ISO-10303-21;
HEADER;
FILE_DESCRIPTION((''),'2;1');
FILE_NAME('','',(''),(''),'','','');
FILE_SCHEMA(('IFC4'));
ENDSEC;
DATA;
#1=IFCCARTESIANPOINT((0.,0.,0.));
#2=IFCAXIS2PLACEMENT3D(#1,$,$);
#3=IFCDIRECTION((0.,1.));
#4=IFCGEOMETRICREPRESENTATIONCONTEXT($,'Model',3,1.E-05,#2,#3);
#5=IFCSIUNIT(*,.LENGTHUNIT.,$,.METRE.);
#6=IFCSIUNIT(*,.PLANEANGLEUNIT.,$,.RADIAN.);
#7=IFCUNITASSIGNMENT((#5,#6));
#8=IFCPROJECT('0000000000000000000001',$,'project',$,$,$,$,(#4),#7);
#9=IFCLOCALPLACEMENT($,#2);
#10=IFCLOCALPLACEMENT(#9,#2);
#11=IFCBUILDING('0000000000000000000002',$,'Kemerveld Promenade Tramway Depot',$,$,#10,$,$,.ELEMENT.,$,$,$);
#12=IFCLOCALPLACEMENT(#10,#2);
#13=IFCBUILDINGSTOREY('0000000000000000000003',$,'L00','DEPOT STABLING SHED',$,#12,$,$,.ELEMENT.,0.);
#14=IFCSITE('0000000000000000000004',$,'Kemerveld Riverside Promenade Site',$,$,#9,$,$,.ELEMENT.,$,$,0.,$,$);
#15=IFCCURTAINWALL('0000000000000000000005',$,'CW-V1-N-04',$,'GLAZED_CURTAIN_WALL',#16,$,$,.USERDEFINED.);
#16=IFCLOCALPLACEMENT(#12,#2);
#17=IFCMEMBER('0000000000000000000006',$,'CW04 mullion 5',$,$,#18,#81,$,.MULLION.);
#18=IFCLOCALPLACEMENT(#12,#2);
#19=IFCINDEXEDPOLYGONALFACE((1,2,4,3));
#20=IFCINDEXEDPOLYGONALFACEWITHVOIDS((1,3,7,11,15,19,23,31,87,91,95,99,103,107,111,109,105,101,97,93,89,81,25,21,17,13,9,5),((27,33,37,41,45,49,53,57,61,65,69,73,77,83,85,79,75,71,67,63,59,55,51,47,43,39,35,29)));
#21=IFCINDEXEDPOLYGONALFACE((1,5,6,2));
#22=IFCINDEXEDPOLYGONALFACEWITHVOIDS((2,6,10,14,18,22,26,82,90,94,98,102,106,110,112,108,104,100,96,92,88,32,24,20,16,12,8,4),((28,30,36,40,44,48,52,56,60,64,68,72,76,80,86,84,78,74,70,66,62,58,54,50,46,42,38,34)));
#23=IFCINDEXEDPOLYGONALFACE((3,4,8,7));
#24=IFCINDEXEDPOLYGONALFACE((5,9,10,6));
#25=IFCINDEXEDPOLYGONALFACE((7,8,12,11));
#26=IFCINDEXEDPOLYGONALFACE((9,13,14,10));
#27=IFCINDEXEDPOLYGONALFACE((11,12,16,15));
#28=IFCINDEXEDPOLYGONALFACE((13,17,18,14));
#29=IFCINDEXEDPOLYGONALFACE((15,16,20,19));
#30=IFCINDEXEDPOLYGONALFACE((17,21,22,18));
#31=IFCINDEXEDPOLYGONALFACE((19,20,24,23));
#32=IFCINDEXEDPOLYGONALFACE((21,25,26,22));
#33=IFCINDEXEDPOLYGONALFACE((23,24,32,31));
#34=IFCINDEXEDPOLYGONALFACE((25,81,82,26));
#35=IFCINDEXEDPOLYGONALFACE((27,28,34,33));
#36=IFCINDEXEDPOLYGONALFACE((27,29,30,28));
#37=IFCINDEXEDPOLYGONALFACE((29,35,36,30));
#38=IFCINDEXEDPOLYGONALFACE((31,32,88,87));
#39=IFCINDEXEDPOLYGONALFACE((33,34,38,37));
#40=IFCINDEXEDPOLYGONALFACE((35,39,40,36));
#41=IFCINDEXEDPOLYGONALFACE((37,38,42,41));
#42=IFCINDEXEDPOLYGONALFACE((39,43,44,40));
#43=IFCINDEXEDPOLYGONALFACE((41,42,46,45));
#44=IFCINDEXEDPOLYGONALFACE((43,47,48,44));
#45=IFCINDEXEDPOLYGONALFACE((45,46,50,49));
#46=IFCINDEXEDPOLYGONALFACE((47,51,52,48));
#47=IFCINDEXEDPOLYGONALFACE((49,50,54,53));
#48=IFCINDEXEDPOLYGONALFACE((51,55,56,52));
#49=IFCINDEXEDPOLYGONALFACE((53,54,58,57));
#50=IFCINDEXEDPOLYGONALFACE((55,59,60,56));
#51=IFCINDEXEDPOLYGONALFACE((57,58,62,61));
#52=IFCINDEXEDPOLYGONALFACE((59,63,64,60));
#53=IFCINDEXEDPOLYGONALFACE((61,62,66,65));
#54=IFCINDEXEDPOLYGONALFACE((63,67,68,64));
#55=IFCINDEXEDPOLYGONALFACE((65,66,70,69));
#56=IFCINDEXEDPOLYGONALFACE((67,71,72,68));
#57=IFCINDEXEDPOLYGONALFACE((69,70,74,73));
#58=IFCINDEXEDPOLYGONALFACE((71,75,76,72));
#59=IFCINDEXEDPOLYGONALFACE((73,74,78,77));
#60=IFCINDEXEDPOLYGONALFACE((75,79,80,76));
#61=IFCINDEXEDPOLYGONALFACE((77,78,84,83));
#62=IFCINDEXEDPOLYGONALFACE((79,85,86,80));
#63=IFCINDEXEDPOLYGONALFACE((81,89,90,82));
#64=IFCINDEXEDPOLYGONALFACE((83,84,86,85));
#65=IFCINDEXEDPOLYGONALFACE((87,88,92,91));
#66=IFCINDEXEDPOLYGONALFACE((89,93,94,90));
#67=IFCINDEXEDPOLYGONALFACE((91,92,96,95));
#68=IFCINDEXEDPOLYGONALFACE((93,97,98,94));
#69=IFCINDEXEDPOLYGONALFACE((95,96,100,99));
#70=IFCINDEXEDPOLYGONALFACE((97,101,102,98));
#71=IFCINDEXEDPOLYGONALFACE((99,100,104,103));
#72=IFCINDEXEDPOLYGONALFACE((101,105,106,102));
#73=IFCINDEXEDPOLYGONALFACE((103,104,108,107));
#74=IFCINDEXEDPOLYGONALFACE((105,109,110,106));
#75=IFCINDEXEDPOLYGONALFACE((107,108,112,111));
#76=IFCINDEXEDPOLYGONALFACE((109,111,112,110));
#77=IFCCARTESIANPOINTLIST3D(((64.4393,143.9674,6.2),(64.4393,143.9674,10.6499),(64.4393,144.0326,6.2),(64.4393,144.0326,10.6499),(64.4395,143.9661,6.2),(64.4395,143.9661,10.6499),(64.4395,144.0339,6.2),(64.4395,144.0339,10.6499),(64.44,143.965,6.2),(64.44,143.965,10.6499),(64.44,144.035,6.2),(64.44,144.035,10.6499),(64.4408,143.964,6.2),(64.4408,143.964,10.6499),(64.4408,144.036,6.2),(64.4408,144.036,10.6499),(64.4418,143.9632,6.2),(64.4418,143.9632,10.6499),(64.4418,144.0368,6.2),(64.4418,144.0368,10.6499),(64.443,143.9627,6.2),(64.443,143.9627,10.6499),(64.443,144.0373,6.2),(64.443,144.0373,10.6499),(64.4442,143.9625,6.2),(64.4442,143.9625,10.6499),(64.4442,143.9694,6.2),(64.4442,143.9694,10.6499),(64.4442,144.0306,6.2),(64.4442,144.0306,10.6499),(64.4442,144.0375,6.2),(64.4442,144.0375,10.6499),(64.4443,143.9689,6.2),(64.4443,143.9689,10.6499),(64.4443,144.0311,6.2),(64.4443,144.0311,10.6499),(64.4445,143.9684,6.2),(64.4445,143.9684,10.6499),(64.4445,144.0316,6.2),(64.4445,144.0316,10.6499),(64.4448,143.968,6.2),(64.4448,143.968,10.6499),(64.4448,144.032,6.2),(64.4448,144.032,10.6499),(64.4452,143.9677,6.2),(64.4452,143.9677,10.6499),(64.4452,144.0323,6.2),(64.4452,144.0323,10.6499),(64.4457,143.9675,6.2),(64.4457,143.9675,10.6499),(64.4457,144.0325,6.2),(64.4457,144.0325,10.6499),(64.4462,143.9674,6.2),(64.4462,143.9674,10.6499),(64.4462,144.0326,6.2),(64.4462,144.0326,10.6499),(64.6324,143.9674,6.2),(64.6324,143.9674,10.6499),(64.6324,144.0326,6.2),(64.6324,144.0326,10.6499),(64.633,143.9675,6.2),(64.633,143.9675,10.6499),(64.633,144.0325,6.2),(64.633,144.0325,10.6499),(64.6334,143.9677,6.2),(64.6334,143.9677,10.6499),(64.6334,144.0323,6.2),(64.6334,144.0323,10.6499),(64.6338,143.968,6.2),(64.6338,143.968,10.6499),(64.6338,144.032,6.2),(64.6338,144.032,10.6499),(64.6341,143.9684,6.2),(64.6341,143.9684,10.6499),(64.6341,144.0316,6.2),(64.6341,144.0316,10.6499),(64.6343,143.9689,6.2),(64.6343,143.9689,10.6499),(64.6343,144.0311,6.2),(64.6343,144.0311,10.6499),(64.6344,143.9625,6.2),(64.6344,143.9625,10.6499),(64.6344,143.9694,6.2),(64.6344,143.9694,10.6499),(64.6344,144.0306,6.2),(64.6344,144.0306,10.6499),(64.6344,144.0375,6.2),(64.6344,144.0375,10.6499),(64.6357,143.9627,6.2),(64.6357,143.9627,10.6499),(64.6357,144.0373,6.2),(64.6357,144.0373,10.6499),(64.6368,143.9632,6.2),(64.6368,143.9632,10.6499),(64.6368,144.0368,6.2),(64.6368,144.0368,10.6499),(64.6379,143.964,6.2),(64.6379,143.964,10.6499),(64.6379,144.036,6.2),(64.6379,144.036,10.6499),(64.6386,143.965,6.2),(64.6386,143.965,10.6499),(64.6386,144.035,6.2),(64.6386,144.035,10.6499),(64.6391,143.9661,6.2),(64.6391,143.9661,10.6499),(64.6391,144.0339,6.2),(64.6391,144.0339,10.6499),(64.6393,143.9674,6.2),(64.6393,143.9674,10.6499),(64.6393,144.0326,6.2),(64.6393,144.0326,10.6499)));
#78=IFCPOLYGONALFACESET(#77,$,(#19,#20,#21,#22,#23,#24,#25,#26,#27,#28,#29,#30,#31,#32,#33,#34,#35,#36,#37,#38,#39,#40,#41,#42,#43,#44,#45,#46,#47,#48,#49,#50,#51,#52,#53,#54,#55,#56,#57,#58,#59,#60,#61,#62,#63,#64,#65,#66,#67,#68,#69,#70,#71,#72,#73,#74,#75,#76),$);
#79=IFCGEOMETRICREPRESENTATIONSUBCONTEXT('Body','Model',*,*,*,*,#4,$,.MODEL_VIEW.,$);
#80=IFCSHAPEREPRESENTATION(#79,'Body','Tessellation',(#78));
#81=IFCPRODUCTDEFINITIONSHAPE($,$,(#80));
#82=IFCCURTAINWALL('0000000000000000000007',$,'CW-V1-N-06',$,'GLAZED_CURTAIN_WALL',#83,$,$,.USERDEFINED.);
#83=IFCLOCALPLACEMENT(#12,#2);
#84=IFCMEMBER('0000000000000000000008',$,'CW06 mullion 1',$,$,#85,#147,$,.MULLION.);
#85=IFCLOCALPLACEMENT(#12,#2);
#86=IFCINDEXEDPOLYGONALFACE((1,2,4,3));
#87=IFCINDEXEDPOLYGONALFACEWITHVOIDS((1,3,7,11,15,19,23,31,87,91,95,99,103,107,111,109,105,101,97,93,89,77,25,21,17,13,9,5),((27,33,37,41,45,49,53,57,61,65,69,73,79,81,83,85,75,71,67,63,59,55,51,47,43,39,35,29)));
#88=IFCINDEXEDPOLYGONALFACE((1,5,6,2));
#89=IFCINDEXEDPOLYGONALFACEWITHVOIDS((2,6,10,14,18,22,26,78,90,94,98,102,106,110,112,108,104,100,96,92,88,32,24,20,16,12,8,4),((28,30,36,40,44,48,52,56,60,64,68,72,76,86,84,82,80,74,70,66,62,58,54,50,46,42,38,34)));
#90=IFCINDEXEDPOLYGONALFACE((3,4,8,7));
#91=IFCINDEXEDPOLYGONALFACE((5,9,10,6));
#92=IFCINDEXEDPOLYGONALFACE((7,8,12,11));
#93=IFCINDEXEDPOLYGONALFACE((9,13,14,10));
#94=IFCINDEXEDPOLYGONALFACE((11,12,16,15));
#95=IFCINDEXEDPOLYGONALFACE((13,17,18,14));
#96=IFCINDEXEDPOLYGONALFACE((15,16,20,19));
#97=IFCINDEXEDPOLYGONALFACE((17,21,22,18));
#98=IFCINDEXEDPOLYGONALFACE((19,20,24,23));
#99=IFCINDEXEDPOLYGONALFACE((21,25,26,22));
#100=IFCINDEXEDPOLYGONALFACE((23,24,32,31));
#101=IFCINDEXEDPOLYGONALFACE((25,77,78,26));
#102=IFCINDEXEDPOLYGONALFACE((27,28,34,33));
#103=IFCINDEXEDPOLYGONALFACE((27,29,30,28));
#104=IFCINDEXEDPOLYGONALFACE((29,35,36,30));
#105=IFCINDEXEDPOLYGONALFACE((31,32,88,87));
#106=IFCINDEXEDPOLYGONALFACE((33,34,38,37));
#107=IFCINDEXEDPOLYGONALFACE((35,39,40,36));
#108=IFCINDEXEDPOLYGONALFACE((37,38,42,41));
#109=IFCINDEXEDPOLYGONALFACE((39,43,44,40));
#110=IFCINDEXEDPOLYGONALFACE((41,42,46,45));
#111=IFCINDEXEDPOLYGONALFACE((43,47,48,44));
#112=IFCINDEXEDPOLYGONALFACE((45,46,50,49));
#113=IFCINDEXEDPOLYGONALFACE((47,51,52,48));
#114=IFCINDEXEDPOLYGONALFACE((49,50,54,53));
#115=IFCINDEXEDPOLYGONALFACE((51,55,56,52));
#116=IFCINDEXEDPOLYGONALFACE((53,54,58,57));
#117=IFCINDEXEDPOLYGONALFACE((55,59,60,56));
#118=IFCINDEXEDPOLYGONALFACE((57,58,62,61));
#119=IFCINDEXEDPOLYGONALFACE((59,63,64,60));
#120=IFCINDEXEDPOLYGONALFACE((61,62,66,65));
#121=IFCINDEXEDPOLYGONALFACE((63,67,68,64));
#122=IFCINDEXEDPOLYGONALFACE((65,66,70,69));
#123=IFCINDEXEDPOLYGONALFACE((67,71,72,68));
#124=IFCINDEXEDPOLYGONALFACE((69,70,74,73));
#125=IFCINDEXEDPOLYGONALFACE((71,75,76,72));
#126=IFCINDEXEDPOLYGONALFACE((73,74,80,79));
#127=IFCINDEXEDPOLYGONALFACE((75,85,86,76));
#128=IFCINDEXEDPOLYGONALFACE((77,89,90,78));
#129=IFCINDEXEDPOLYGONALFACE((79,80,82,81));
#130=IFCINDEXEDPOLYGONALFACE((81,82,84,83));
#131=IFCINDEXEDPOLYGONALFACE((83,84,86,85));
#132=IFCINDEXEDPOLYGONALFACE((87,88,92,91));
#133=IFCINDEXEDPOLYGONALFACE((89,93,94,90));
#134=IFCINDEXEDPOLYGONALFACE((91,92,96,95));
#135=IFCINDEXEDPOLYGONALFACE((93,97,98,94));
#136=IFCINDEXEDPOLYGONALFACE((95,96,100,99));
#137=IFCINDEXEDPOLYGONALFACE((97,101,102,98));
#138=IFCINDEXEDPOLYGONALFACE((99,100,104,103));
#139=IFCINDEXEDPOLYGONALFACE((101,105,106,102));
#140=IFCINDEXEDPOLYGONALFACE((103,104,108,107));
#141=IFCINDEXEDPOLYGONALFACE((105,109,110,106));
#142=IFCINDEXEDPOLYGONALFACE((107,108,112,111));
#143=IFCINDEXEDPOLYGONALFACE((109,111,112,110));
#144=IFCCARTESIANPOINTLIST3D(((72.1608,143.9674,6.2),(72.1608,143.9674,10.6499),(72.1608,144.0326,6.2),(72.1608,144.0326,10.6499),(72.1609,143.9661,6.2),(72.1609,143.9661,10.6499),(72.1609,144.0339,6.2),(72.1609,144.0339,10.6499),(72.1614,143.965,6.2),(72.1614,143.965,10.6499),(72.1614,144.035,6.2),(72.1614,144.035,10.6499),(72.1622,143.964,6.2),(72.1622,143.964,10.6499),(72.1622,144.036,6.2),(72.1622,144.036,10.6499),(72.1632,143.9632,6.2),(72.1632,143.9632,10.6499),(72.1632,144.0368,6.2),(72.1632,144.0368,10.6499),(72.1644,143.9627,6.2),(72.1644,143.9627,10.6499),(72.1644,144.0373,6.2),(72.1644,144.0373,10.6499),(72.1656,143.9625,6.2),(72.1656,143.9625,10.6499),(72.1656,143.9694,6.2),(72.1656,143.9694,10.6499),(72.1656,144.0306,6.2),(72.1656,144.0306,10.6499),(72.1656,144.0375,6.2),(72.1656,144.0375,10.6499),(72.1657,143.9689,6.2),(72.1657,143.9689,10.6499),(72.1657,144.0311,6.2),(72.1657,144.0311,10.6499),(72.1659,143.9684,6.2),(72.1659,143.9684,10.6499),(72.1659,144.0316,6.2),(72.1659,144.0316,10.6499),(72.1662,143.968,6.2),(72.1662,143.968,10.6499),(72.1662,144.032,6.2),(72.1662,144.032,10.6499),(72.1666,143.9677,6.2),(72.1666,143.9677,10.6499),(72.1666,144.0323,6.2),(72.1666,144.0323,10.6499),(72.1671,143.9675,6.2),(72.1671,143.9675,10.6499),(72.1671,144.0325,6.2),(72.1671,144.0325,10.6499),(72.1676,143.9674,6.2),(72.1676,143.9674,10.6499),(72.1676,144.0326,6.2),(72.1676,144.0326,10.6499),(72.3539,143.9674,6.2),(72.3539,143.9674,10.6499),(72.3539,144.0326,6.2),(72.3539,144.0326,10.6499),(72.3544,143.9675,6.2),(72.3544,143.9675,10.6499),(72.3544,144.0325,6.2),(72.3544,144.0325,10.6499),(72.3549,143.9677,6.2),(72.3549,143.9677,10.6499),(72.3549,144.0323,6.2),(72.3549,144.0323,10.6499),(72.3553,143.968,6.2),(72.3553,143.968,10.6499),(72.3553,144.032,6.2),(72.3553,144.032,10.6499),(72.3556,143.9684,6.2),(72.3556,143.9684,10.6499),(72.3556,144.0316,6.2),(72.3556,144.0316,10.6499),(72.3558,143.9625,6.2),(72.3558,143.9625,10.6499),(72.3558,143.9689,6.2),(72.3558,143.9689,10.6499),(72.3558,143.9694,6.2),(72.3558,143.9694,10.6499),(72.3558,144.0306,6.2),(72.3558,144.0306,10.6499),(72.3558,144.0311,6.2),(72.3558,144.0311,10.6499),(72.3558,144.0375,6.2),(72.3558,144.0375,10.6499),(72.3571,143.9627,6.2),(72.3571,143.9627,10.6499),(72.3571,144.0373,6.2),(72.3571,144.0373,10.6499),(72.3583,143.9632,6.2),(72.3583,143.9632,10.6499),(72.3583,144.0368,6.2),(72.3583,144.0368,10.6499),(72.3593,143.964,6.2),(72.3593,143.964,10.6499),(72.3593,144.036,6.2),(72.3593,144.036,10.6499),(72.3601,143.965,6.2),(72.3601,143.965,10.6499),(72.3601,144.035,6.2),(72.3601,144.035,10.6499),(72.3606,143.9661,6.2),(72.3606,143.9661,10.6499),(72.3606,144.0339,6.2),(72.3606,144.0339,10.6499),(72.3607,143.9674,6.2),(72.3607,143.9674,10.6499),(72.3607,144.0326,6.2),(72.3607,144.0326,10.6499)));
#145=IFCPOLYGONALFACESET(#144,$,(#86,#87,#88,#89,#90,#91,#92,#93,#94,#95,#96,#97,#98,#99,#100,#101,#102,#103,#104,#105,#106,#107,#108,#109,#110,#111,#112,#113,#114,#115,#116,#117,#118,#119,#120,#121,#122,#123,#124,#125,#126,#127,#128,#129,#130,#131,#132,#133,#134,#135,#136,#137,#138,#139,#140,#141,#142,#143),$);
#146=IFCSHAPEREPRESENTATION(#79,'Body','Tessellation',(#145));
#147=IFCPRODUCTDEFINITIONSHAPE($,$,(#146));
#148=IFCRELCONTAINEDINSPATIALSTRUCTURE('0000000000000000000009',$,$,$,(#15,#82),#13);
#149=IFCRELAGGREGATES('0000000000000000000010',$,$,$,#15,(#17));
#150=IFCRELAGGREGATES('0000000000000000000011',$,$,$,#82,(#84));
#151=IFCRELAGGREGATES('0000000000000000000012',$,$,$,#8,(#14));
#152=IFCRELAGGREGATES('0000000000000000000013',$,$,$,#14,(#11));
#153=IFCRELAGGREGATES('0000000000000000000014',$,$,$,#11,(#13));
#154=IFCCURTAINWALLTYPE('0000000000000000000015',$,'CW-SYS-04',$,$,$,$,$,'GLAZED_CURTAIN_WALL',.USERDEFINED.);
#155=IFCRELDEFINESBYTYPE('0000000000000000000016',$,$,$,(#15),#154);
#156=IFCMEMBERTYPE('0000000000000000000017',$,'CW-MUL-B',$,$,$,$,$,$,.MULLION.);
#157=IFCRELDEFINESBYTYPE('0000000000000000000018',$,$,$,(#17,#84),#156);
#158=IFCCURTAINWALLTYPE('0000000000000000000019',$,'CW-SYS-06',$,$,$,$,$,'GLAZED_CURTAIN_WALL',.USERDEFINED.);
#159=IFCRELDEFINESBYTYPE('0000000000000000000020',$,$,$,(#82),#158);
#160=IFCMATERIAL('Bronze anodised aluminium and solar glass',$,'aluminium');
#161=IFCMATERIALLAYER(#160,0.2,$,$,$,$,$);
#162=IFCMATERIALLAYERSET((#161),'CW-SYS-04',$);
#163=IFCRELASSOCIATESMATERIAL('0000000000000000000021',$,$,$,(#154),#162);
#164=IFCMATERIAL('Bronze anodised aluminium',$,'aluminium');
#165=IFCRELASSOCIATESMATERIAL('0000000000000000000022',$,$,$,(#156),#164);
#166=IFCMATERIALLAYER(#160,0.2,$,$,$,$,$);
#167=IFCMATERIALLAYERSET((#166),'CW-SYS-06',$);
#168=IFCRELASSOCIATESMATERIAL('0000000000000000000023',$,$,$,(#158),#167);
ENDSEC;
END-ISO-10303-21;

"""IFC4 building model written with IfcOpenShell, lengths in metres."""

from ifc_helpers import new_model, si_unit, direction, frame, origin, origin_2d, place, context, subcontext, project, spatial, hollow_rectangle, extrude, material, layer, layer_set, material_profile, profile_set, type_object, element, aggregate, save


model = new_model("IFC4")

# Units and contexts
model_context = context("Model", 3, precision=1e-05, world=origin(), true_north=direction((0.0, 1.0)))
body_context = subcontext(model_context, "Body", "Model", "MODEL_VIEW")
ifc_project = project(units=[si_unit("LENGTHUNIT", "METRE"), si_unit("PLANEANGLEUNIT", "RADIAN")], contexts=[model_context])

# Site, building, storey
site_placement = place(None, origin())
site = spatial("IfcSite", under=ifc_project, at=site_placement, Name="Kemerveld Riverside Promenade Site", CompositionType="ELEMENT", RefElevation=0.0)
building_placement = place(site_placement, origin())
building = spatial("IfcBuilding", under=site, at=building_placement, Name="Kemerveld Promenade Tramway Depot", CompositionType="ELEMENT")
storey_placement = place(building_placement, origin())
storey = spatial("IfcBuildingStorey", under=building, at=storey_placement, Name="L00", Description="DEPOT STABLING SHED", CompositionType="ELEMENT", Elevation=0.0)

# Shared definitions
ifc_material_1 = material(Name="Bronze anodised aluminium and solar glass", Category="aluminium")
ifc_material_2 = material(Name="Bronze anodised aluminium", Category="aluminium")

# Curtain wall, member
ifc_layer_1 = layer(ifc_material_1, 0.2)
ifc_layer_set_1 = layer_set([ifc_layer_1], Name="CW-SYS-04")
curtain_wall_type_1 = type_object("IfcCurtainWallType", Name="CW-SYS-04", ElementType="GLAZED_CURTAIN_WALL", PredefinedType="USERDEFINED", material=ifc_layer_set_1)
curtain_wall_1_placement = place(storey_placement, origin())
curtain_wall_1 = element("IfcCurtainWall", 1, at=curtain_wall_1_placement, inside=storey, type_object=curtain_wall_type_1, Name="CW-V1-N-04", ObjectType="GLAZED_CURTAIN_WALL", PredefinedType="USERDEFINED")
ifc_material_profile_1 = material_profile(ifc_material_2, hollow_rectangle(XDim=0.075, YDim=0.2, WallThickness=0.0049, InnerFilletRadius=0.002, OuterFilletRadius=0.0049, at=origin_2d()), Name="CW-MUL-200x75")
ifc_profile_set_1 = profile_set([ifc_material_profile_1], Name="Bronze anodised aluminium")
member_type_1 = type_object("IfcMemberType", Name="CW-MUL-B", PredefinedType="MULLION", material=ifc_profile_set_1)
member_1_placement = place(storey_placement, frame((64.5393, 144.0, 6.2), z_axis=(0.0, 0.0, 1.0), x_axis=(0.0, 1.0, 0.0)))
member_1 = element("IfcMember", 2, at=member_1_placement, type_object=member_type_1, Name="CW04 mullion 5", PredefinedType="MULLION", context=body_context, shape_type="SweptSolid", body=[
    extrude(hollow_rectangle(XDim=0.075, YDim=0.2, WallThickness=0.0049, InnerFilletRadius=0.002, OuterFilletRadius=0.0049, at=origin_2d()), origin(), (0.0, 0.0, 1.0), 4.45),
])

# Curtain wall, member
ifc_layer_2 = layer(ifc_material_1, 0.2)
ifc_layer_set_2 = layer_set([ifc_layer_2], Name="CW-SYS-06")
curtain_wall_type_2 = type_object("IfcCurtainWallType", Name="CW-SYS-06", ElementType="GLAZED_CURTAIN_WALL", PredefinedType="USERDEFINED", material=ifc_layer_set_2)
curtain_wall_2_placement = place(storey_placement, origin())
curtain_wall_2 = element("IfcCurtainWall", 3, at=curtain_wall_2_placement, inside=storey, type_object=curtain_wall_type_2, Name="CW-V1-N-06", ObjectType="GLAZED_CURTAIN_WALL", PredefinedType="USERDEFINED")
member_2_placement = place(storey_placement, frame((72.2607, 144.0, 6.2), z_axis=(0.0, 0.0, 1.0), x_axis=(0.0, 1.0, 0.0)))
member_2 = element("IfcMember", 4, at=member_2_placement, type_object=member_type_1, Name="CW06 mullion 1", PredefinedType="MULLION", context=body_context, shape_type="SweptSolid", body=[
    extrude(hollow_rectangle(XDim=0.075, YDim=0.2, WallThickness=0.0049, InnerFilletRadius=0.002, OuterFilletRadius=0.0049, at=origin_2d()), origin(), (0.0, 0.0, 1.0), 4.45),
])

aggregate(curtain_wall_1, [member_1])
aggregate(curtain_wall_2, [member_2])

save(model, "model.ifc")
